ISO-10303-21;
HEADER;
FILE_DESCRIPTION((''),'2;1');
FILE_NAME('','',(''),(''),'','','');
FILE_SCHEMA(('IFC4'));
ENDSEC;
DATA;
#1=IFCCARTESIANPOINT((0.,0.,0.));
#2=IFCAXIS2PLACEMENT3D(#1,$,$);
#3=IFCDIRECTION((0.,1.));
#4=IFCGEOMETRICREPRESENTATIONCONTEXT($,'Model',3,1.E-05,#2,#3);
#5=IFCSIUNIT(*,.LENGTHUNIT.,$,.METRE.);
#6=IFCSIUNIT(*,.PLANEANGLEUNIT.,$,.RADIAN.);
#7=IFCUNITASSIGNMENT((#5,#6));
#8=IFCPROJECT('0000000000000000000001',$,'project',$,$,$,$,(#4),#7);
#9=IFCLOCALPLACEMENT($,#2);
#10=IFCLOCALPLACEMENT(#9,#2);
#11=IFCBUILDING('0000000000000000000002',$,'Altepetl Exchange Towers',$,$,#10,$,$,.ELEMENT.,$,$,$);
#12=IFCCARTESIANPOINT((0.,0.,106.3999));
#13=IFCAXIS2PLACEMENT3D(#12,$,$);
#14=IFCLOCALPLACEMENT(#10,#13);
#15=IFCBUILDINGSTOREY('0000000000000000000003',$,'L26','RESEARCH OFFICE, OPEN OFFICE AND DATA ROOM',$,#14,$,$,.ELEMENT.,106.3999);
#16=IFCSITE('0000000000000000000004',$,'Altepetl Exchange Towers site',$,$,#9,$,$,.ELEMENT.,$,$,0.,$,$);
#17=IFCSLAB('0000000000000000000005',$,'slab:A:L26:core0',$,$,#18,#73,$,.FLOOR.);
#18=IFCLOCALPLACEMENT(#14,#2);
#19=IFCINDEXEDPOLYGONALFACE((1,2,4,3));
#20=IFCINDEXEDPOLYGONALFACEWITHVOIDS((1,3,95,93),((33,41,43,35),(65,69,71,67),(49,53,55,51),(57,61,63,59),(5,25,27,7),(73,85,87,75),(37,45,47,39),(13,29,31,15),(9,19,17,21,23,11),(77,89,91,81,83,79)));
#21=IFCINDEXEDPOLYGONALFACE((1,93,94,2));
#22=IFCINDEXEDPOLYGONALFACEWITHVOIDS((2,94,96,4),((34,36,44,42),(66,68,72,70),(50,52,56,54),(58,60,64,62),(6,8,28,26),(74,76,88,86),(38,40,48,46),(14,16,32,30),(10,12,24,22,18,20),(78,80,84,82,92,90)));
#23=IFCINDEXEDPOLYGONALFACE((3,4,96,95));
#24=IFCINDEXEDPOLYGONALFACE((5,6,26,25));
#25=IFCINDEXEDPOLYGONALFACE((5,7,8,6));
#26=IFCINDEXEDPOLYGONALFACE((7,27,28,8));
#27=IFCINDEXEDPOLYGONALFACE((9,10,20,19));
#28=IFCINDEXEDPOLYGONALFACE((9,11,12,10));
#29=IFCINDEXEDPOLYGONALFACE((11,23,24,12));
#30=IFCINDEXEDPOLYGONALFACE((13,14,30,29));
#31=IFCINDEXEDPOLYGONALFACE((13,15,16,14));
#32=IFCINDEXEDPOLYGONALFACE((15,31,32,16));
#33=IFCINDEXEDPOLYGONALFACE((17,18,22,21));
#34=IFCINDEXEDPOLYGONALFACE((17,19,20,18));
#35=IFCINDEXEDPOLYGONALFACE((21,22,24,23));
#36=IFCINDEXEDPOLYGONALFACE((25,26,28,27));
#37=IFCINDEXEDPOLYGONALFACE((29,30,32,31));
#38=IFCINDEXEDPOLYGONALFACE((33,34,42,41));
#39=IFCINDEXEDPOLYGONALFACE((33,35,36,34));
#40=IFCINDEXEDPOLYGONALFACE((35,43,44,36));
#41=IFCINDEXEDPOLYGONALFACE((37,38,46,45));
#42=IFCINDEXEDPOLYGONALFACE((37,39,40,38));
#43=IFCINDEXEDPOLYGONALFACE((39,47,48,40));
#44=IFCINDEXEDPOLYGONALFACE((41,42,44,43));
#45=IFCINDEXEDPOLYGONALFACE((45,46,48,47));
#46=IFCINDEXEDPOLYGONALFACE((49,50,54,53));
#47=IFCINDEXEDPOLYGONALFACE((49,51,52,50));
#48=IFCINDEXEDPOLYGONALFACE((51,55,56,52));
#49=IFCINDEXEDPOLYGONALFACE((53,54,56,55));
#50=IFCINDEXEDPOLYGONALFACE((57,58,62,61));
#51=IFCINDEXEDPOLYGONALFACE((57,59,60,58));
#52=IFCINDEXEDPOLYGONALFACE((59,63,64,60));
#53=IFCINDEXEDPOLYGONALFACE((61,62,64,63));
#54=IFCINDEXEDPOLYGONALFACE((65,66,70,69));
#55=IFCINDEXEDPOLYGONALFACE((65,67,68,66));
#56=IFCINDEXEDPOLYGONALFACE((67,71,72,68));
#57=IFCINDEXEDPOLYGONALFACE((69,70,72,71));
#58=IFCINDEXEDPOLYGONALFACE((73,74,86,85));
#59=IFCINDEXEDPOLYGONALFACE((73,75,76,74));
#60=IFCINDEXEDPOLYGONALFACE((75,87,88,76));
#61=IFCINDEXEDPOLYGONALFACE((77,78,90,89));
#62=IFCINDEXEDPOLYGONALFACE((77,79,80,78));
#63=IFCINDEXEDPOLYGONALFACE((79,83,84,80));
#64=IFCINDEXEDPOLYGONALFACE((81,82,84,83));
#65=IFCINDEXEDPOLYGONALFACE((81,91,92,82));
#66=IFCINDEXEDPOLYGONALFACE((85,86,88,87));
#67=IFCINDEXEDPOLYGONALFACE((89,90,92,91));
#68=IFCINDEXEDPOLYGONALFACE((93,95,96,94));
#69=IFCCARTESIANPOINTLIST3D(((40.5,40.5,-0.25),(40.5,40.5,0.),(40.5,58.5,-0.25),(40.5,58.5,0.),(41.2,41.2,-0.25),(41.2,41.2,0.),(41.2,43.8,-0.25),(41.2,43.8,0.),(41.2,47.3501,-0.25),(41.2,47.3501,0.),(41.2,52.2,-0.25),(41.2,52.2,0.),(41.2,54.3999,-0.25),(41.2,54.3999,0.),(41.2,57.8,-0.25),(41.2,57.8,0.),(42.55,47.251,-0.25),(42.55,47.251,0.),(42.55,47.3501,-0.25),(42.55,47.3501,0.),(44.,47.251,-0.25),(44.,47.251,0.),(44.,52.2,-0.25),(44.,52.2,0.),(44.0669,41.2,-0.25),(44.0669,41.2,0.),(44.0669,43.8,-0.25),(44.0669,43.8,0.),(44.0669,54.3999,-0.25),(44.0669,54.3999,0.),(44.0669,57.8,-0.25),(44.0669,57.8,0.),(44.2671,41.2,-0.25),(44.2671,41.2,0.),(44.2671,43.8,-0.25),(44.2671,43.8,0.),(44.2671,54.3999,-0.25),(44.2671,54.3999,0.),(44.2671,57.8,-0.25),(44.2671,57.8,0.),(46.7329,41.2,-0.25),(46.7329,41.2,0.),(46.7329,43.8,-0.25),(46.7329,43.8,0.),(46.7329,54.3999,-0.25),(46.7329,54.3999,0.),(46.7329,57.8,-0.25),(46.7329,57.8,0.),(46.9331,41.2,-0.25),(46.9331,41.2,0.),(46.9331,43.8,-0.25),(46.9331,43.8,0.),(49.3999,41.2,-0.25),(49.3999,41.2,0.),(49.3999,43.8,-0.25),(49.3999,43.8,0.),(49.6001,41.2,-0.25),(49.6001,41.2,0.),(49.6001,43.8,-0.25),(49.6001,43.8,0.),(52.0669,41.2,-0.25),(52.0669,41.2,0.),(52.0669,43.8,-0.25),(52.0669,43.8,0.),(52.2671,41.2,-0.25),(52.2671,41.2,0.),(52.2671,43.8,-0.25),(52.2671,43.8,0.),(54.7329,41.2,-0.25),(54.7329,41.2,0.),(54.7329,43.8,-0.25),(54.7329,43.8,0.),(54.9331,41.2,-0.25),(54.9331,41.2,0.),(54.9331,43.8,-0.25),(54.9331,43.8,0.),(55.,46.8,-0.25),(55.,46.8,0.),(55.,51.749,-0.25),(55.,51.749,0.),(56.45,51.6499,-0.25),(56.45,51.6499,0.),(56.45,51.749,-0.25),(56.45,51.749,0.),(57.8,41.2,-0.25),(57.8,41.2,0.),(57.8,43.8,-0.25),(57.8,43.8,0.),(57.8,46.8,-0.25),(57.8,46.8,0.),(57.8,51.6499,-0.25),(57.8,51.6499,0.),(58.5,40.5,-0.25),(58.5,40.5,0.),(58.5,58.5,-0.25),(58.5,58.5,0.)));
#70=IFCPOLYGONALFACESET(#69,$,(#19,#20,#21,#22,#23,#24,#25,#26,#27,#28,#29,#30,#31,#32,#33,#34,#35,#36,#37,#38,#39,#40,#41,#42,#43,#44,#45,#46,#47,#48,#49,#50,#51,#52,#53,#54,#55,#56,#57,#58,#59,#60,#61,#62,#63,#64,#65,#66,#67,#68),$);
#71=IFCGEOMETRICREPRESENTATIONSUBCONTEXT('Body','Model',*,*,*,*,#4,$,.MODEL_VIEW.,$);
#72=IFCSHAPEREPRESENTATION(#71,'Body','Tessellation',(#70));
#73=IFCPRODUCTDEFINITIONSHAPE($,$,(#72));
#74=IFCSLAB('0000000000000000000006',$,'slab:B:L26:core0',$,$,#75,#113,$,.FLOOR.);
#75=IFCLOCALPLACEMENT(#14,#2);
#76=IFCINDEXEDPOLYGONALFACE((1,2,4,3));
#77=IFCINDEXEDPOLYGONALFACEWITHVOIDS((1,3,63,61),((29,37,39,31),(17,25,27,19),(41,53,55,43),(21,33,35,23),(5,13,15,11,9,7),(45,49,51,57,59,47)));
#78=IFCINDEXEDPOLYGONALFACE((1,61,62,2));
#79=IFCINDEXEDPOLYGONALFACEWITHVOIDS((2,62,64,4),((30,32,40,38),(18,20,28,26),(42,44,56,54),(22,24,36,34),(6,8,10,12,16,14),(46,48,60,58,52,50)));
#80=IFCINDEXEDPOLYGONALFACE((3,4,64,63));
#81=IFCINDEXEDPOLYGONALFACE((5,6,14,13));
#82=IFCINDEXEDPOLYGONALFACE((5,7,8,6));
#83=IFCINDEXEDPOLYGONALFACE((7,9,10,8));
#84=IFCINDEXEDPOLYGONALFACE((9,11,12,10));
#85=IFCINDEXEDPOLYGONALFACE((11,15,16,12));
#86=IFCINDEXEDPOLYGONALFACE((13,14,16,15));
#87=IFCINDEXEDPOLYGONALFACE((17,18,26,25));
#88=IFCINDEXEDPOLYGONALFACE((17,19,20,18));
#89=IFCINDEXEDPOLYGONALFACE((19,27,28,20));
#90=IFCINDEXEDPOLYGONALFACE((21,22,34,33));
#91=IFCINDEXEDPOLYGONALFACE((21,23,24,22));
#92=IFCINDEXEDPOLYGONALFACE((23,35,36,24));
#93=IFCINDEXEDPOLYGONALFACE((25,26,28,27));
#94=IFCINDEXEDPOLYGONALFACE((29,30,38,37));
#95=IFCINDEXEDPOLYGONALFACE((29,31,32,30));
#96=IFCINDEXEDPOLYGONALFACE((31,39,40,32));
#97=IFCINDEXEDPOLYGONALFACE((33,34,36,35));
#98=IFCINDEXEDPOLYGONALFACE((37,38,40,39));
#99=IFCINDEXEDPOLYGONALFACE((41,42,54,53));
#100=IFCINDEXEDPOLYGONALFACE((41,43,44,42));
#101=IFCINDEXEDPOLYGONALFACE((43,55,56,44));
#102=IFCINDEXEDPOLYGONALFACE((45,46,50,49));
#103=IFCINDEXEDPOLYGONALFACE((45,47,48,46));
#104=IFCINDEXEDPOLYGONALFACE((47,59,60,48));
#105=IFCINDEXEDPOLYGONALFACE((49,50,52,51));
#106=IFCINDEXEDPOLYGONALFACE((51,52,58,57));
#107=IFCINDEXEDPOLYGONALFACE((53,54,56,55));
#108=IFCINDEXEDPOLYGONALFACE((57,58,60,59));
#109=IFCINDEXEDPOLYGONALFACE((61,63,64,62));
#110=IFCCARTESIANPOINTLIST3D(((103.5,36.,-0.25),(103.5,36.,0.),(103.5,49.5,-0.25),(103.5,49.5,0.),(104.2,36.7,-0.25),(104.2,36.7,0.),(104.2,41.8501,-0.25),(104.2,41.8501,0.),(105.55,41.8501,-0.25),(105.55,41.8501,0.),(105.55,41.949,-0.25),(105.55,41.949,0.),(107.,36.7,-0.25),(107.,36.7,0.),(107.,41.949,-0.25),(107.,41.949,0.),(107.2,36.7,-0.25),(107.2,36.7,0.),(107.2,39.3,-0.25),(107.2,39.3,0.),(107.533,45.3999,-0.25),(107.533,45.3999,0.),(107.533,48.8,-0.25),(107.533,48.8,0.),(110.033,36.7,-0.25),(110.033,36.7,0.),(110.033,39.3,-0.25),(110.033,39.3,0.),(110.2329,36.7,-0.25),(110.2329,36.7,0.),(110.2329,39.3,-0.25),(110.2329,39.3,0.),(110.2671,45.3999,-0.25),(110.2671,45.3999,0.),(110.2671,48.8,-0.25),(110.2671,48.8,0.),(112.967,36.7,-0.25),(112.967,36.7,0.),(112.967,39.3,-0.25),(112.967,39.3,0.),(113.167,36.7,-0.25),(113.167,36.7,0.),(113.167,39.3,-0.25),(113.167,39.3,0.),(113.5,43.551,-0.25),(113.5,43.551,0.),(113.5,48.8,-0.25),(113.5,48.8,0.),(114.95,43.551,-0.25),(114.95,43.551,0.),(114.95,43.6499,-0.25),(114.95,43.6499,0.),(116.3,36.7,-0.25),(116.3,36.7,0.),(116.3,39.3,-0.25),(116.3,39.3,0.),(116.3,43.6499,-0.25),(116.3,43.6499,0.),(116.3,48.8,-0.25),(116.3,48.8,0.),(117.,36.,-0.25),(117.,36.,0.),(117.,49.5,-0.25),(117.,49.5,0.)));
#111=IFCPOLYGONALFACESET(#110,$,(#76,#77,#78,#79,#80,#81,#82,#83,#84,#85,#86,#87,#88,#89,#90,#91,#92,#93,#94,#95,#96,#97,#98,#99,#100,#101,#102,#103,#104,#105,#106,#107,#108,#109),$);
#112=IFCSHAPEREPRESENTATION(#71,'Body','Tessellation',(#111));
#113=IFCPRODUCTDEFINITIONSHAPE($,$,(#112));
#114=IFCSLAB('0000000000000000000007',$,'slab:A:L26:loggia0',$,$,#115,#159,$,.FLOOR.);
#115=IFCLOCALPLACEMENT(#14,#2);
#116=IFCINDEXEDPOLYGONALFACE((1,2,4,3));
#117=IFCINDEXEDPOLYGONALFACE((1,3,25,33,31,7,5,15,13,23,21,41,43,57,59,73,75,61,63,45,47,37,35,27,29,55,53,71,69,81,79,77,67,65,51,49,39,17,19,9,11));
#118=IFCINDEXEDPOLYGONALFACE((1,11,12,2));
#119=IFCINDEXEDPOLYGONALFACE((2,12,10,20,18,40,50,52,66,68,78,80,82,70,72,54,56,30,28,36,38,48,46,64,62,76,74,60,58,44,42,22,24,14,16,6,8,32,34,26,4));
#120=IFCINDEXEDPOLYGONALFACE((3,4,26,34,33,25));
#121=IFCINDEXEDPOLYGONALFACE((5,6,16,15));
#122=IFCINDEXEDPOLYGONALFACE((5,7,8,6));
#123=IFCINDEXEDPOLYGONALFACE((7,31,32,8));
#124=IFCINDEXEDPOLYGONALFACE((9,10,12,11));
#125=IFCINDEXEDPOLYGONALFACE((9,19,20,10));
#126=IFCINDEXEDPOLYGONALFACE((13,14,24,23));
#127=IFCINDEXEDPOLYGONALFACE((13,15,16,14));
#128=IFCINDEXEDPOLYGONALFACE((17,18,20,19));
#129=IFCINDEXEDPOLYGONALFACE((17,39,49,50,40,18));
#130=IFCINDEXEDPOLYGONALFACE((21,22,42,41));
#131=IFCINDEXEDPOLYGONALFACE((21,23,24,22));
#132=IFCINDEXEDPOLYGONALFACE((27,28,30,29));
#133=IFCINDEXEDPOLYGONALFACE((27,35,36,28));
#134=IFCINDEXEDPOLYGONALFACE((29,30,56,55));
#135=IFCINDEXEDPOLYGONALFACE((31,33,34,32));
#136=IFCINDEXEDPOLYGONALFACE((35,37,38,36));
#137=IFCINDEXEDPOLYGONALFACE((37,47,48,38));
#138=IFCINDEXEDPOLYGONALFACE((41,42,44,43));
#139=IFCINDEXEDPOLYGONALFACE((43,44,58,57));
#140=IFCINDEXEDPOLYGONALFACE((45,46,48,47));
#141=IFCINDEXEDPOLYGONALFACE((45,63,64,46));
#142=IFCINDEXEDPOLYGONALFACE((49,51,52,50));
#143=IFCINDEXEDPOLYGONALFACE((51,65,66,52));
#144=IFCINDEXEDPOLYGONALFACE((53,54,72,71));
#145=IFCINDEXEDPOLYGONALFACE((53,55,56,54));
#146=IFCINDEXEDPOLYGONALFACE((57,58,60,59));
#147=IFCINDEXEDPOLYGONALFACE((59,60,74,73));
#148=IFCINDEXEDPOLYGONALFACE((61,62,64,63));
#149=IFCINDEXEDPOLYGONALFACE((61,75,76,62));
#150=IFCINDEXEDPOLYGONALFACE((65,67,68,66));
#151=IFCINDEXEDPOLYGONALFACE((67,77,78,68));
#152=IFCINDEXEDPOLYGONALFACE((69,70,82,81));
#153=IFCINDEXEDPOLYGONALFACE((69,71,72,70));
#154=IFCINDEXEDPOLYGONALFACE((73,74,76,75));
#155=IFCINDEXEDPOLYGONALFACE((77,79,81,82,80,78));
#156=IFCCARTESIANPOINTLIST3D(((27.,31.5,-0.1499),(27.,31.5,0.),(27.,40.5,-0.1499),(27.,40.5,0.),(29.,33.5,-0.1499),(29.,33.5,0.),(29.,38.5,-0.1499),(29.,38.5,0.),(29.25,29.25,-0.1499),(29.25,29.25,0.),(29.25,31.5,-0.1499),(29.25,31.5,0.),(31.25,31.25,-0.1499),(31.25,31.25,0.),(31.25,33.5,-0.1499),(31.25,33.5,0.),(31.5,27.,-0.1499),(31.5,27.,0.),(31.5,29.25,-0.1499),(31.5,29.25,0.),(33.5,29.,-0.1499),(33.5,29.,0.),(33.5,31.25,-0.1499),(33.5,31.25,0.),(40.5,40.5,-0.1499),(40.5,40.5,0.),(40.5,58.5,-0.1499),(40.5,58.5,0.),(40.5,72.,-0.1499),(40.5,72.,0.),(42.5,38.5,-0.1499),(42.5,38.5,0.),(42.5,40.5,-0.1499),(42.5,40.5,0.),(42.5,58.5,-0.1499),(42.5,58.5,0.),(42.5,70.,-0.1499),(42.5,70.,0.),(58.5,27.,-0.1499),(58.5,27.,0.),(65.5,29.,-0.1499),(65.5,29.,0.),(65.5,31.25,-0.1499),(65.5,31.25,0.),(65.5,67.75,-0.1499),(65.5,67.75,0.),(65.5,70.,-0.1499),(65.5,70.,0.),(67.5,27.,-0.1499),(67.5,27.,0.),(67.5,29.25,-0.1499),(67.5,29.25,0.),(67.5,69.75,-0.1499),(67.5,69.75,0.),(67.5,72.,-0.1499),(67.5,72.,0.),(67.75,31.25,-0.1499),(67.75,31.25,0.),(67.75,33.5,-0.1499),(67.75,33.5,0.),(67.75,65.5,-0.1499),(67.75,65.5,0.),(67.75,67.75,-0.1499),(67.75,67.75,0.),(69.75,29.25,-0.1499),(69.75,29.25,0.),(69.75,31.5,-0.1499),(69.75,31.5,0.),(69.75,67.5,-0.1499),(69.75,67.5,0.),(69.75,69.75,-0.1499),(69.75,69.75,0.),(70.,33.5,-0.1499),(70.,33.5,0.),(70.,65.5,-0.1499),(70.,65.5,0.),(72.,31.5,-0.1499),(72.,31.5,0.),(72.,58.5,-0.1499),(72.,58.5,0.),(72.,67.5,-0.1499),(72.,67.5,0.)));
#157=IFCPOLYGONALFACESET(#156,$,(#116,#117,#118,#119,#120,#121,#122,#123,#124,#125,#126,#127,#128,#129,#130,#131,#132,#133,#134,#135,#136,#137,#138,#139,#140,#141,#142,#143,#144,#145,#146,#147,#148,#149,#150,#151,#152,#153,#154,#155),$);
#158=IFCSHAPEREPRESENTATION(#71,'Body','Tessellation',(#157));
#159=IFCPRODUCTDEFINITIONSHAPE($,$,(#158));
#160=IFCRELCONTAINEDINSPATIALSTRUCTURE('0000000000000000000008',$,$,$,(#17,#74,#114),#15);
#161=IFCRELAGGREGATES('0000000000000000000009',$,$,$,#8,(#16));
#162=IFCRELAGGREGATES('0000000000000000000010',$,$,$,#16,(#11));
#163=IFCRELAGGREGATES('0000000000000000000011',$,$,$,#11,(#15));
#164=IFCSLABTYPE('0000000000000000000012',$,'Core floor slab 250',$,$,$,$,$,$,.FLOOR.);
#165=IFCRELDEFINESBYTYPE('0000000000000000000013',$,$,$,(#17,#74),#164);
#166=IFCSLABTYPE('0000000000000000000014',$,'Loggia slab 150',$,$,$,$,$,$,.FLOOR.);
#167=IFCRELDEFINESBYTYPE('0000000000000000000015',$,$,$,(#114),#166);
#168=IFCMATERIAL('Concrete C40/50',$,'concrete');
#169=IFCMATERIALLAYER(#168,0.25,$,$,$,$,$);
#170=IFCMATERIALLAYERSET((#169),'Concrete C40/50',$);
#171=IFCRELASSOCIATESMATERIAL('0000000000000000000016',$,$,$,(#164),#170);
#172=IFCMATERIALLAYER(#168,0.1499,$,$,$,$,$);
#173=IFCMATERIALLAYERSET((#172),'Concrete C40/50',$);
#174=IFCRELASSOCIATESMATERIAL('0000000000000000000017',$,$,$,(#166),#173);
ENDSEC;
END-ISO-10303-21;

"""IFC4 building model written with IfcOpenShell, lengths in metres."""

from ifc_helpers import new_model, si_unit, direction, frame, origin, place, context, subcontext, project, spatial, polyline, outline, extrude, material, layer, layer_set, type_object, element, save


model = new_model("IFC4")

# Units and contexts
model_context = context("Model", 3, precision=1e-05, world=origin(), true_north=direction((0.0, 1.0)))
body_context = subcontext(model_context, "Body", "Model", "MODEL_VIEW")
ifc_project = project(units=[si_unit("LENGTHUNIT", "METRE"), si_unit("PLANEANGLEUNIT", "RADIAN")], contexts=[model_context])

# Site, building, storey
site_placement = place(None, origin())
site = spatial("IfcSite", under=ifc_project, at=site_placement, Name="Altepetl Exchange Towers site", CompositionType="ELEMENT", RefElevation=0.0)
building_placement = place(site_placement, origin())
building = spatial("IfcBuilding", under=site, at=building_placement, Name="Altepetl Exchange Towers", CompositionType="ELEMENT")
storey_placement = place(building_placement, frame((0.0, 0.0, 106.3999)))
storey = spatial("IfcBuildingStorey", under=building, at=storey_placement, Name="L26", Description="RESEARCH OFFICE, OPEN OFFICE AND DATA ROOM", CompositionType="ELEMENT", Elevation=106.3999)

# Slabs
ifc_material_1 = material(Name="Concrete C40/50", Category="concrete")
ifc_layer_1 = layer(ifc_material_1, 0.25)
ifc_layer_set_1 = layer_set([ifc_layer_1], Name="Concrete C40/50")
slab_type_1 = type_object("IfcSlabType", Name="Core floor slab 250", PredefinedType="FLOOR", material=ifc_layer_set_1)
slab_1_placement = place(storey_placement, frame((0.0, 0.0, -0.25)))
element("IfcSlab", 1, at=slab_1_placement, inside=storey, type_object=slab_type_1, Name="slab:A:L26:core0", PredefinedType="FLOOR", context=body_context, shape_type="SweptSolid", body=[
    extrude(outline(polyline([(40.5, 40.5), (58.5, 40.5), (58.5, 58.5), (40.5, 58.5), (40.5, 40.5)]), holes=[polyline([(41.2, 43.8), (44.0669, 43.8), (44.0669, 41.2), (41.2, 41.2), (41.2, 43.8)]), polyline([(44.2671, 43.8), (46.7329, 43.8), (46.7329, 41.2), (44.2671, 41.2), (44.2671, 43.8)]), polyline([(46.9331, 43.8), (49.3999, 43.8), (49.3999, 41.2), (46.9331, 41.2), (46.9331, 43.8)]), polyline([(52.0669, 43.8), (52.0669, 41.2), (49.6001, 41.2), (49.6001, 43.8), (52.0669, 43.8)]), polyline([(54.7329, 43.8), (54.7329, 41.2), (52.2671, 41.2), (52.2671, 43.8), (54.7329, 43.8)]), polyline([(54.9331, 43.8), (57.8, 43.8), (57.8, 41.2), (54.9331, 41.2), (54.9331, 43.8)]), polyline([(55.0, 51.749), (56.45, 51.749), (56.45, 51.6499), (57.8, 51.6499), (57.8, 46.8), (55.0, 46.8), (55.0, 51.749)]), polyline([(44.0, 47.251), (42.55, 47.251), (42.55, 47.3501), (41.2, 47.3501), (41.2, 52.2), (44.0, 52.2), (44.0, 47.251)]), polyline([(44.0669, 57.8), (44.0669, 54.3999), (41.2, 54.3999), (41.2, 57.8), (44.0669, 57.8)]), polyline([(46.7329, 57.8), (46.7329, 54.3999), (44.2671, 54.3999), (44.2671, 57.8), (46.7329, 57.8)])]), origin(), (0.0, 0.0, 1.0), 0.25),
])
slab_2_placement = place(storey_placement, frame((0.0, 0.0, -0.25)))
element("IfcSlab", 2, at=slab_2_placement, inside=storey, type_object=slab_type_1, Name="slab:B:L26:core0", PredefinedType="FLOOR", context=body_context, shape_type="SweptSolid", body=[
    extrude(outline(polyline([(103.5, 36.0), (117.0, 36.0), (117.0, 49.5), (103.5, 49.5), (103.5, 36.0)]), holes=[polyline([(107.2, 36.7), (107.2, 39.3), (110.033, 39.3), (110.033, 36.7), (107.2, 36.7)]), polyline([(110.2329, 39.3), (112.967, 39.3), (112.967, 36.7), (110.2329, 36.7), (110.2329, 39.3)]), polyline([(113.167, 39.3), (116.3, 39.3), (116.3, 36.7), (113.167, 36.7), (113.167, 39.3)]), polyline([(107.0, 36.7), (104.2, 36.7), (104.2, 41.8501), (105.55, 41.8501), (105.55, 41.949), (107.0, 41.949), (107.0, 36.7)]), polyline([(116.3, 48.8), (116.3, 43.6499), (114.95, 43.6499), (114.95, 43.551), (113.5, 43.551), (113.5, 48.8), (116.3, 48.8)]), polyline([(107.533, 48.8), (110.2671, 48.8), (110.2671, 45.3999), (107.533, 45.3999), (107.533, 48.8)])]), origin(), (0.0, 0.0, 1.0), 0.25),
])
ifc_layer_2 = layer(ifc_material_1, 0.1499)
ifc_layer_set_2 = layer_set([ifc_layer_2], Name="Concrete C40/50")
slab_type_2 = type_object("IfcSlabType", Name="Loggia slab 150", PredefinedType="FLOOR", material=ifc_layer_set_2)
slab_3_placement = place(storey_placement, frame((0.0, 0.0, -0.1499)))
element("IfcSlab", 3, at=slab_3_placement, inside=storey, type_object=slab_type_2, Name="slab:A:L26:loggia0", PredefinedType="FLOOR", context=body_context, shape_type="SweptSolid", body=[
    extrude(outline(polyline([(40.5, 72.0), (40.5, 58.5), (42.5, 58.5), (42.5, 70.0), (65.5, 70.0), (65.5, 67.75), (67.75, 67.75), (67.75, 65.5), (70.0, 65.5), (70.0, 33.5), (67.75, 33.5), (67.75, 31.25), (65.5, 31.25), (65.5, 29.0), (33.5, 29.0), (33.5, 31.25), (31.25, 31.25), (31.25, 33.5), (29.0, 33.5), (29.0, 38.5), (42.5, 38.5), (42.5, 40.5), (40.5, 40.5), (27.0, 40.5), (27.0, 31.5), (29.25, 31.5), (29.25, 29.25), (31.5, 29.25), (31.5, 27.0), (58.5, 27.0), (67.5, 27.0), (67.5, 29.25), (69.75, 29.25), (69.75, 31.5), (72.0, 31.5), (72.0, 58.5), (72.0, 67.5), (69.75, 67.5), (69.75, 69.75), (67.5, 69.75), (67.5, 72.0), (40.5, 72.0)])), origin(), (0.0, 0.0, 1.0), 0.1499),
])

save(model, "model.ifc")
